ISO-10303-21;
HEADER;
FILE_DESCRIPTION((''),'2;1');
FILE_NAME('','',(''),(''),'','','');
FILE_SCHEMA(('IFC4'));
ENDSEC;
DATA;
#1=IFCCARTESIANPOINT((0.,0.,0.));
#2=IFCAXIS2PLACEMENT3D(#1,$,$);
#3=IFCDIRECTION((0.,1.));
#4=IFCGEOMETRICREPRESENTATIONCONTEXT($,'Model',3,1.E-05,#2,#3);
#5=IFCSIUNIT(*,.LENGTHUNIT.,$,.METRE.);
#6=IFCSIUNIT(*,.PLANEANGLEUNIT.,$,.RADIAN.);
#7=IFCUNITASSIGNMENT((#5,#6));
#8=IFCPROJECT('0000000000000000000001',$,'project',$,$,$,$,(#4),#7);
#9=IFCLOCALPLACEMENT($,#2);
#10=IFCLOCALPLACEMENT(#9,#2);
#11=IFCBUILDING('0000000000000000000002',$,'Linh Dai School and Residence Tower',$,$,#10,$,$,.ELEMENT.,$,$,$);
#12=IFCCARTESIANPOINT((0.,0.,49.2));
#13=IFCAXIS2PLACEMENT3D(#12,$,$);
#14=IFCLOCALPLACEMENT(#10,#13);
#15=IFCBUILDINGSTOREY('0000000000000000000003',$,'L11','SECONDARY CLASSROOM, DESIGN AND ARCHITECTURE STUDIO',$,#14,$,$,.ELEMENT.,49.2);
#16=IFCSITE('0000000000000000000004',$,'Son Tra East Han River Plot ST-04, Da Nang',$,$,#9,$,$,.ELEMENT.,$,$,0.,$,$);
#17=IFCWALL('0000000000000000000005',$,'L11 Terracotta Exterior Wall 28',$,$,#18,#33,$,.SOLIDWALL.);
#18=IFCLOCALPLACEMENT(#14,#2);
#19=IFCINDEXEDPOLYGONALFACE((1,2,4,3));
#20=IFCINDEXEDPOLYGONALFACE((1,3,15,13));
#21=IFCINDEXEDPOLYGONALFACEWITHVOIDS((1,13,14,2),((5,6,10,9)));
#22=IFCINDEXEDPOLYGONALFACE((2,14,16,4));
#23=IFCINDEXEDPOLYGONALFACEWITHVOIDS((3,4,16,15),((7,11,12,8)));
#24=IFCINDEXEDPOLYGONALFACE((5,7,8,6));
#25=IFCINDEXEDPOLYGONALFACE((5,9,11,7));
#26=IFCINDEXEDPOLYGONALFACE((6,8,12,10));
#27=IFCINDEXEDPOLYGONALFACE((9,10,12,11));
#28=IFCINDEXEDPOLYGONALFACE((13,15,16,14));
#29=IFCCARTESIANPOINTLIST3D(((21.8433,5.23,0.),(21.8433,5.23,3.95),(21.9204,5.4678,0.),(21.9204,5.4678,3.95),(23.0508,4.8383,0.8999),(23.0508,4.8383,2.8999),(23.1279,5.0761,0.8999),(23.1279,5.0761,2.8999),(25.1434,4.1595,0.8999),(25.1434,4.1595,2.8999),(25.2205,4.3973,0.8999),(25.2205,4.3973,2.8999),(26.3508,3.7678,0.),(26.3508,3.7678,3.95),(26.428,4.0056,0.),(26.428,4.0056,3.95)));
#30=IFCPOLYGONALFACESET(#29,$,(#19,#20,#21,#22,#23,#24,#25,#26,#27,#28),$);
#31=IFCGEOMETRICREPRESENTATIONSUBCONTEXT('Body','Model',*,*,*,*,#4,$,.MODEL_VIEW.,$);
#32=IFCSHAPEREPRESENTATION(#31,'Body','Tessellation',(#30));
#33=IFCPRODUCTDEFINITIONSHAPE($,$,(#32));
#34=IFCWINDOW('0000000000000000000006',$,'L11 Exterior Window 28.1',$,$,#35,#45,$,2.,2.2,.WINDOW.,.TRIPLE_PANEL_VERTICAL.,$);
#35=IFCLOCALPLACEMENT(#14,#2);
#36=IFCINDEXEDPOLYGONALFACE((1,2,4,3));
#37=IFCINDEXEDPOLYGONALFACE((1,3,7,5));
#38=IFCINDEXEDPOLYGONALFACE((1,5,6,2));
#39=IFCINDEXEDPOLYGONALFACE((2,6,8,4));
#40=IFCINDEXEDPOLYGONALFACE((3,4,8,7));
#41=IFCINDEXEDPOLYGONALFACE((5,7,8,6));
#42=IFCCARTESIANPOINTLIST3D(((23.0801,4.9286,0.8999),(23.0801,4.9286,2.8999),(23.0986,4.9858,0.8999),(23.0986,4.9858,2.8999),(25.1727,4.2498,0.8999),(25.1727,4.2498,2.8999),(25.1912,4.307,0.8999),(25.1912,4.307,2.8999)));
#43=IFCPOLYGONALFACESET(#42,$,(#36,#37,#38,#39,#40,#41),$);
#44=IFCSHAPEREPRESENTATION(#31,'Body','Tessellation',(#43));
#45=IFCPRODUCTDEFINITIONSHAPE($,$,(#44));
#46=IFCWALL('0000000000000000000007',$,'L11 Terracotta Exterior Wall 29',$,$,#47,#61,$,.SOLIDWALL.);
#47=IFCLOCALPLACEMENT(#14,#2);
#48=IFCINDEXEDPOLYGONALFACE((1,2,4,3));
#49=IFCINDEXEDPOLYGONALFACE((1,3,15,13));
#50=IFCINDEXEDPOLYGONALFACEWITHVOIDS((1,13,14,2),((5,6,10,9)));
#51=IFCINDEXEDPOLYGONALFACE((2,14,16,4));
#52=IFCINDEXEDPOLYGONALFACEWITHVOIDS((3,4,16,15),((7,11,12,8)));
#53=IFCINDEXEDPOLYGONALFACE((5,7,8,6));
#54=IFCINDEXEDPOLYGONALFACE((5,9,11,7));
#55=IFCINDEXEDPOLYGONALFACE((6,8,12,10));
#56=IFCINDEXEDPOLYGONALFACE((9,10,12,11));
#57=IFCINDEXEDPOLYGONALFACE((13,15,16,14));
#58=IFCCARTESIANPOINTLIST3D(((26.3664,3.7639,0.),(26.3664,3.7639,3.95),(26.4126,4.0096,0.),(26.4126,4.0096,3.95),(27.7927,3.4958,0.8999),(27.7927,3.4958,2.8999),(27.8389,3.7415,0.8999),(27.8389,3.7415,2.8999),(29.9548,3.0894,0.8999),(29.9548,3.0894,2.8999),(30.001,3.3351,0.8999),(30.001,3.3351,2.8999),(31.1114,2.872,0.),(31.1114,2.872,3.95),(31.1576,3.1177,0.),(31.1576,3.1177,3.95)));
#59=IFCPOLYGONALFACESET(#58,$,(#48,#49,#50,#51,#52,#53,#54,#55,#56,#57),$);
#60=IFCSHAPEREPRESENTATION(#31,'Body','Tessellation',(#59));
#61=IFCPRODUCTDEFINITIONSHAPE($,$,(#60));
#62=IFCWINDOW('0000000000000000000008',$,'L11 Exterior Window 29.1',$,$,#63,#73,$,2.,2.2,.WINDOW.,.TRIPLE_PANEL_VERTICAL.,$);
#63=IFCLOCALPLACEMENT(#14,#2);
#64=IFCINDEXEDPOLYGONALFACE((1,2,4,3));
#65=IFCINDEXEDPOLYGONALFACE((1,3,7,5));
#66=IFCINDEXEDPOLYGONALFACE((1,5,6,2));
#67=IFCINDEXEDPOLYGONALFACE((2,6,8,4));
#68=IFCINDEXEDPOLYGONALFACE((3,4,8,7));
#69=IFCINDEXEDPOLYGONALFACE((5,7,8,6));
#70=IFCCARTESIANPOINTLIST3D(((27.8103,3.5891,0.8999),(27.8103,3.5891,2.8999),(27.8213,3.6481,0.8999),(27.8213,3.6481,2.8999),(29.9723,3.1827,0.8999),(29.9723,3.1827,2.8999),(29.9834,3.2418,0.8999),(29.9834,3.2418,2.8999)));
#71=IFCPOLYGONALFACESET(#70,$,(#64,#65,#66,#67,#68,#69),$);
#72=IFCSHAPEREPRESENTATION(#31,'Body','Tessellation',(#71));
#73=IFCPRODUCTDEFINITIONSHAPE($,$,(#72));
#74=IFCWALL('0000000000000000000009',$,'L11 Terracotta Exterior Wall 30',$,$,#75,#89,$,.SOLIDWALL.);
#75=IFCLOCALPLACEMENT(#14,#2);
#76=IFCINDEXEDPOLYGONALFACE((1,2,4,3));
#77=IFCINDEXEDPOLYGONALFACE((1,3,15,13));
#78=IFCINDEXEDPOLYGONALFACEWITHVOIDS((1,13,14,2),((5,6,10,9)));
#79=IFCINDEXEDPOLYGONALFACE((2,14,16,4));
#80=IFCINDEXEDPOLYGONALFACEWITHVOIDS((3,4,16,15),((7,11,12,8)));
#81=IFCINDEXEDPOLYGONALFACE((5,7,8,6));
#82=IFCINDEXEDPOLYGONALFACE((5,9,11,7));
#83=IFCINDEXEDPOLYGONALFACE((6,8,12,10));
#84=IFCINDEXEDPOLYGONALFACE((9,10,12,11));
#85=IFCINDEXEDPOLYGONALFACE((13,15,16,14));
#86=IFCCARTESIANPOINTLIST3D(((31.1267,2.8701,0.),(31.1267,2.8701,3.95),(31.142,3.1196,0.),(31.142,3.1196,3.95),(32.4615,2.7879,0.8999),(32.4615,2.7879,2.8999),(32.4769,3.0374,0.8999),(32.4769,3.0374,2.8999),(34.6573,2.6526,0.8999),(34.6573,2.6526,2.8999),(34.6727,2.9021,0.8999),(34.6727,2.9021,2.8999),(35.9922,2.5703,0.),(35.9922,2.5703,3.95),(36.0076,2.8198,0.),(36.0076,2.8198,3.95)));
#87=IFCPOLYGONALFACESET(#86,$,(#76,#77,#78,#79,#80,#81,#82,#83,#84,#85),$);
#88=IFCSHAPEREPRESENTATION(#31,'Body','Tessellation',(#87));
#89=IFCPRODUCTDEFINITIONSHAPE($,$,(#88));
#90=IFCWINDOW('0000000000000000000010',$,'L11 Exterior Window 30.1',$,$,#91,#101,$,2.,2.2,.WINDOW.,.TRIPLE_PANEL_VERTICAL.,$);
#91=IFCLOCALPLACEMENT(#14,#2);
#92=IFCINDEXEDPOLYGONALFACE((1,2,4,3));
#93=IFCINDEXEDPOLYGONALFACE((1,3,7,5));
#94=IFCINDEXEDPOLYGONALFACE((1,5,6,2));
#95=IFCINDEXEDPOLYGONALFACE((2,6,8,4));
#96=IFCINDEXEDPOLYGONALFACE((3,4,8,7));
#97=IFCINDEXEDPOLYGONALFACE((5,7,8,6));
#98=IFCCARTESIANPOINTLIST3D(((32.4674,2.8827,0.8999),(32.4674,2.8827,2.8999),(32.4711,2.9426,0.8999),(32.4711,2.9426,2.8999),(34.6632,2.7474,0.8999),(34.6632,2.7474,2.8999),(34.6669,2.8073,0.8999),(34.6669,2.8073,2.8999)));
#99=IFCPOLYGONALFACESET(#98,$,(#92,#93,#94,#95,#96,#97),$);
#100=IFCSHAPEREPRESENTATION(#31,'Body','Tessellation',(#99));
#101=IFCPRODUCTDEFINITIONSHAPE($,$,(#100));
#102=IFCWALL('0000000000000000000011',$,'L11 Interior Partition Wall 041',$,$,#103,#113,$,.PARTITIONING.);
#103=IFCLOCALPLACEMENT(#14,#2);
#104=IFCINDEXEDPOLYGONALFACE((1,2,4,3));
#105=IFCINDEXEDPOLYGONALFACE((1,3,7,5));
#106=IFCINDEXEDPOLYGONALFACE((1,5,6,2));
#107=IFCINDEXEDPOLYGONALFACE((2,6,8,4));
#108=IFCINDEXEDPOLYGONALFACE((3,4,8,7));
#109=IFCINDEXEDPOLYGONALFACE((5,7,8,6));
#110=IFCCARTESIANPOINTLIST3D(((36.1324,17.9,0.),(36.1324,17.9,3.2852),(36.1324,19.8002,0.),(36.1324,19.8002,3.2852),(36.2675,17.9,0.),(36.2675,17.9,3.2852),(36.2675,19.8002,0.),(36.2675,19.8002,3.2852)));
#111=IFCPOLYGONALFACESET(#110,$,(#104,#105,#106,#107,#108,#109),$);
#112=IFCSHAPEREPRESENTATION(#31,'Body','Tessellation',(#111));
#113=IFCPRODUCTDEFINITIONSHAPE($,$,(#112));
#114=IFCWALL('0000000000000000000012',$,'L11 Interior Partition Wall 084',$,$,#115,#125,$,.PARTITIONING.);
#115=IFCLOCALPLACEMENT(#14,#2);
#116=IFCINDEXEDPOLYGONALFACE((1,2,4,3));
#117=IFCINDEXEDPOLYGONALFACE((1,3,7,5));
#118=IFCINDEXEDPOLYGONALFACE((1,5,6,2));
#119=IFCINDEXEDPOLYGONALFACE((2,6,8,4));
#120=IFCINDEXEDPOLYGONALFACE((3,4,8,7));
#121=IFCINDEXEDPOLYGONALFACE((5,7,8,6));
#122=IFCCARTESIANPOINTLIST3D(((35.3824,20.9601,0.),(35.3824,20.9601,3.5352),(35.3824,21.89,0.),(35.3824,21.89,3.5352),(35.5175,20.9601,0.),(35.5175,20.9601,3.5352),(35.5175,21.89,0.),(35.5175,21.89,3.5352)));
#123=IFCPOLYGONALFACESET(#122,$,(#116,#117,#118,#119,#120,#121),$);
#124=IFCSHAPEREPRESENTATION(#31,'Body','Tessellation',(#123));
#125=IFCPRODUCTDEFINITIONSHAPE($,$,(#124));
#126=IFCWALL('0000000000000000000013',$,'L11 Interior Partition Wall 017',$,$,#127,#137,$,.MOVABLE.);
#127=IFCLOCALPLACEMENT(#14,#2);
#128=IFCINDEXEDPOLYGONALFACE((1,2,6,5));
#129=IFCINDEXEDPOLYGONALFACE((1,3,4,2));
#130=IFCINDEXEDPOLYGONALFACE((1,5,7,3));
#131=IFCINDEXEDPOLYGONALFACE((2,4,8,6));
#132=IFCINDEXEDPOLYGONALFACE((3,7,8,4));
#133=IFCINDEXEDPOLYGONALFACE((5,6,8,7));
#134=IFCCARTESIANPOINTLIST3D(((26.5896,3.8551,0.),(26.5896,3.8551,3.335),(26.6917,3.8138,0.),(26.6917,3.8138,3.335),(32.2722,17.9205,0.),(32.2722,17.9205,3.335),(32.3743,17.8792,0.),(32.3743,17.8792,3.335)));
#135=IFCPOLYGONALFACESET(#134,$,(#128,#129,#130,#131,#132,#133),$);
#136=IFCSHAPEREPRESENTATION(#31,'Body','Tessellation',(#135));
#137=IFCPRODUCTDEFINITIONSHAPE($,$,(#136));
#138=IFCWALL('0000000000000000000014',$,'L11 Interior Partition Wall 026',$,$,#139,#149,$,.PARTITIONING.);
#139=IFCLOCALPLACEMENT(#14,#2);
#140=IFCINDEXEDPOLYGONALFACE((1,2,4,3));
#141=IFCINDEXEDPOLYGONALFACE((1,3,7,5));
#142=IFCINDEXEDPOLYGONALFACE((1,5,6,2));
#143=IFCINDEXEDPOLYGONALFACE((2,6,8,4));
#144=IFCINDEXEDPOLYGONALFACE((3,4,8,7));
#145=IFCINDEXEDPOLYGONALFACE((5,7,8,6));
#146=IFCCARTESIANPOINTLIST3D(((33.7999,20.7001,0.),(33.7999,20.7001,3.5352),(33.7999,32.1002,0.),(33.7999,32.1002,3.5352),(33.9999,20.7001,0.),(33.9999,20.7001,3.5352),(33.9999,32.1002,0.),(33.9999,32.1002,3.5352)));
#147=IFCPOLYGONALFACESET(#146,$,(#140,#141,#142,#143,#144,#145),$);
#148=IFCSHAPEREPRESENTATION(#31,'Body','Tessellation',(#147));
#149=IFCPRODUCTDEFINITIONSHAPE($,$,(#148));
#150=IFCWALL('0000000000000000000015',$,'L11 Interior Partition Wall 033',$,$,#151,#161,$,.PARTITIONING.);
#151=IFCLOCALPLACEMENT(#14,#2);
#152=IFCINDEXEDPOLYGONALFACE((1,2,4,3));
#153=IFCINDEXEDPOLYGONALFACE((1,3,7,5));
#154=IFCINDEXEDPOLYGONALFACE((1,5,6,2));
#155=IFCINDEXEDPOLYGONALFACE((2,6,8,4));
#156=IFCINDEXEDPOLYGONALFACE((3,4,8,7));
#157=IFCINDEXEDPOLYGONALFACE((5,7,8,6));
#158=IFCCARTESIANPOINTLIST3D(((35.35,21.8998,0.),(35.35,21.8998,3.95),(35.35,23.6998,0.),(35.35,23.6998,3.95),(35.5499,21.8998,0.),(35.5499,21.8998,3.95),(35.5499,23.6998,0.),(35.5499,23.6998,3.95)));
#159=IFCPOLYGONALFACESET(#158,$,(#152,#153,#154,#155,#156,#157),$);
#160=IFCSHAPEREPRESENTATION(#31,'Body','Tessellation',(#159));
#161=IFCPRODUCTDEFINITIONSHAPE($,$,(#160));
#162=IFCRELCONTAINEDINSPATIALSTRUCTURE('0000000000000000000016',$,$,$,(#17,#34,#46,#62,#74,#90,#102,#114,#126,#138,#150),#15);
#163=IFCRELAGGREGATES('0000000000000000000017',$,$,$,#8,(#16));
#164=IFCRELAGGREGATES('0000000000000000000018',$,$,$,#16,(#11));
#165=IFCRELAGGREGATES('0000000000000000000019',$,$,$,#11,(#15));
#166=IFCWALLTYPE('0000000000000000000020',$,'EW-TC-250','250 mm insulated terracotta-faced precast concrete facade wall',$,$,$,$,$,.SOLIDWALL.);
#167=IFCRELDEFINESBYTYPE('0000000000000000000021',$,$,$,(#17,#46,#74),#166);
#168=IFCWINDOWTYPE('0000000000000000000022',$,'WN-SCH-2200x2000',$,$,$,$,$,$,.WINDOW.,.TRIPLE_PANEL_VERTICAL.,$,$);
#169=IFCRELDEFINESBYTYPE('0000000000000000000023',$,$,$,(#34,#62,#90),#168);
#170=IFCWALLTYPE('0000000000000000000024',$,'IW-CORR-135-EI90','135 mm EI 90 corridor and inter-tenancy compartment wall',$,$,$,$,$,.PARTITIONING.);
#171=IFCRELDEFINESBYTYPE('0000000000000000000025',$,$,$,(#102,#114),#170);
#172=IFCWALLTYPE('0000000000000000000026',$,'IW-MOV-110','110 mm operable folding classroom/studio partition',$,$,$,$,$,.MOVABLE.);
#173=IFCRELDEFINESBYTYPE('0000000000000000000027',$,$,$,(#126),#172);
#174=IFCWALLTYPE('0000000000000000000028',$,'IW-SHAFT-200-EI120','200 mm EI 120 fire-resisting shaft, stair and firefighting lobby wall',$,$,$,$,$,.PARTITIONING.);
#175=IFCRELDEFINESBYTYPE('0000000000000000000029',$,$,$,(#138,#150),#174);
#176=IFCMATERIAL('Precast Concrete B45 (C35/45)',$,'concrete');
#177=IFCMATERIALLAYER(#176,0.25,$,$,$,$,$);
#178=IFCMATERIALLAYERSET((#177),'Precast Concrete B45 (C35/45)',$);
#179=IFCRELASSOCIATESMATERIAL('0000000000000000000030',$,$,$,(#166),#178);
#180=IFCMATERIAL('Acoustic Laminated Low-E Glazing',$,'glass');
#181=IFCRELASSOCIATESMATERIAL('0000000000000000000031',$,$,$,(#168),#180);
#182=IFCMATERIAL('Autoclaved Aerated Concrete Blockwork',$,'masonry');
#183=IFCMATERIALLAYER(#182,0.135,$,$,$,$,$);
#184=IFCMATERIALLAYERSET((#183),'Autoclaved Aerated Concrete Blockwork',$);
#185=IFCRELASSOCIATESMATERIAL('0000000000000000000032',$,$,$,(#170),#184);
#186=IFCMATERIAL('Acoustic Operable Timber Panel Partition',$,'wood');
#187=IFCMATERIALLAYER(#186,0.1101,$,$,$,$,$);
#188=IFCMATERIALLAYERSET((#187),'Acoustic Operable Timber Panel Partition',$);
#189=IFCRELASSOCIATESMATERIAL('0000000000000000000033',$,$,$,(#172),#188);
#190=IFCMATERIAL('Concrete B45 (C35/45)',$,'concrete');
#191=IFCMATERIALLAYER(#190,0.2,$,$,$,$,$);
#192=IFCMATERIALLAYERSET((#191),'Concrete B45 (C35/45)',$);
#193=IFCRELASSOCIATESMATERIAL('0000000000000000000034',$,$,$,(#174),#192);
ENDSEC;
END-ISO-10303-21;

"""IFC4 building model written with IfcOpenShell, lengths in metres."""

from ifc_helpers import new_model, si_unit, direction, frame, frame_2d, origin, origin_2d, place, context, subcontext, project, spatial, rectangle, extrude, source, transform, mapped, material, layer, layer_set, type_object, element, fill, save


model = new_model("IFC4")

# Units and contexts
model_context = context("Model", 3, precision=1e-05, world=origin(), true_north=direction((0.0, 1.0)))
body_context = subcontext(model_context, "Body", "Model", "MODEL_VIEW")
ifc_project = project(units=[si_unit("LENGTHUNIT", "METRE"), si_unit("PLANEANGLEUNIT", "RADIAN")], contexts=[model_context])

# Site, building, storey
site_placement = place(None, origin())
site = spatial("IfcSite", under=ifc_project, at=site_placement, Name="Son Tra East Han River Plot ST-04, Da Nang", CompositionType="ELEMENT", RefElevation=0.0)
building_placement = place(site_placement, origin())
building = spatial("IfcBuilding", under=site, at=building_placement, Name="Linh Dai School and Residence Tower", CompositionType="ELEMENT")
storey_placement = place(building_placement, frame((0.0, 0.0, 49.2)))
storey = spatial("IfcBuildingStorey", under=building, at=storey_placement, Name="L11", Description="SECONDARY CLASSROOM, DESIGN AND ARCHITECTURE STUDIO", CompositionType="ELEMENT", Elevation=49.2)

# Shared definitions
ifc_material_1 = material(Name="Precast Concrete B45 (C35/45)", Category="concrete")

# Walls, openings, windows
ifc_layer_1 = layer(ifc_material_1, 0.25)
ifc_layer_set_1 = layer_set([ifc_layer_1], Name="Precast Concrete B45 (C35/45)")
wall_type_1 = type_object("IfcWallType", Name="EW-TC-250", Description="250 mm insulated terracotta-faced precast concrete facade wall", PredefinedType="SOLIDWALL", material=ifc_layer_set_1)
wall_1_placement = place(storey_placement, frame((26.3894, 3.8867, 0.0), z_axis=(0.0, 0.0, 1.0), x_axis=(-0.951208, 0.308551, 0.0)))
wall_1 = element("IfcWall", 1, at=wall_1_placement, inside=storey, type_object=wall_type_1, Name="L11 Terracotta Exterior Wall 28", PredefinedType="SOLIDWALL", context=body_context, shape_type="SweptSolid", body=[
    extrude(rectangle(XDim=4.7388, YDim=0.25, at=frame_2d((2.3694, 0.0))), origin(), (0.0, 0.0, 1.0), 3.95),
])
opening_1_placement = place(wall_1_placement, frame((1.2693, 0.0, 0.8999)))
opening_1 = element("IfcOpeningElement", 2, at=opening_1_placement, cuts=wall_1, PredefinedType="OPENING", context=body_context, shape_type="SweptSolid", body=[
    extrude(rectangle(XDim=2.2, YDim=2.0, at=origin_2d()), frame((1.1001, 0.135, 1.0), z_axis=(0.0, -1.0, 0.0), x_axis=(1.0, 0.0, 0.0)), (0.0, 0.0, 1.0), 0.27),
])
ifc_material_2 = material(Name="Acoustic Laminated Low-E Glazing", Category="glass")
window_type = type_object("IfcWindowType", Name="WN-SCH-2200x2000", PartitioningType="TRIPLE_PANEL_VERTICAL", PredefinedType="WINDOW", material=ifc_material_2)
shared_shape_1 = source(origin(), body_context, "Body", "SweptSolid", [
    extrude(rectangle(XDim=2.2, YDim=2.0, at=origin_2d()), frame((1.1001, 0.03, 1.0), z_axis=(0.0, -1.0, 0.0), x_axis=(1.0, 0.0, 0.0)), (0.0, 0.0, 1.0), 0.0601),
])
window_1_placement = place(opening_1_placement, origin())
window_1 = element("IfcWindow", 3, at=window_1_placement, inside=storey, type_object=window_type, Name="L11 Exterior Window 28.1", OverallHeight=2.0, OverallWidth=2.2, PartitioningType="TRIPLE_PANEL_VERTICAL", PredefinedType="WINDOW", context=body_context, shape_type="MappedRepresentation", body=[
    mapped(shared_shape_1, transform((0.0, 0.0, 0.0), x_axis=(1.0, 0.0, 0.0), y_axis=(0.0, 1.0, 0.0), z_axis=(0.0, 0.0, 1.0), scale=1.0)),
])
fill(opening_1, window_1)
wall_2_placement = place(storey_placement, frame((31.1345, 2.9949, 0.0), z_axis=(0.0, 0.0, 1.0), x_axis=(-0.982792, 0.184716, 0.0)))
wall_2 = element("IfcWall", 4, at=wall_2_placement, inside=storey, type_object=wall_type_1, Name="L11 Terracotta Exterior Wall 29", PredefinedType="SOLIDWALL", context=body_context, shape_type="SweptSolid", body=[
    extrude(rectangle(XDim=4.8281, YDim=0.25, at=frame_2d((2.4141, 0.0))), origin(), (0.0, 0.0, 1.0), 3.95),
])
opening_2_placement = place(wall_2_placement, frame((1.1768, 0.0, 0.8999)))
opening_2 = element("IfcOpeningElement", 5, at=opening_2_placement, cuts=wall_2, PredefinedType="OPENING", context=body_context, shape_type="SweptSolid", body=[
    extrude(rectangle(XDim=2.2, YDim=2.0, at=origin_2d()), frame((1.1001, 0.135, 1.0), z_axis=(0.0, -1.0, 0.0), x_axis=(1.0, 0.0, 0.0)), (0.0, 0.0, 1.0), 0.27),
])
window_2_placement = place(opening_2_placement, origin())
window_2 = element("IfcWindow", 6, at=window_2_placement, inside=storey, type_object=window_type, Name="L11 Exterior Window 29.1", OverallHeight=2.0, OverallWidth=2.2, PartitioningType="TRIPLE_PANEL_VERTICAL", PredefinedType="WINDOW", context=body_context, shape_type="MappedRepresentation", body=[
    mapped(shared_shape_1, transform((0.0, 0.0, 0.0), x_axis=(1.0, 0.0, 0.0), y_axis=(0.0, 1.0, 0.0), z_axis=(0.0, 0.0, 1.0), scale=1.0)),
])
fill(opening_2, window_2)
wall_3_placement = place(storey_placement, frame((36.0, 2.6951, 0.0), z_axis=(0.0, 0.0, 1.0), x_axis=(-0.998107, 0.061502, 0.0)))
wall_3 = element("IfcWall", 7, at=wall_3_placement, inside=storey, type_object=wall_type_1, Name="L11 Terracotta Exterior Wall 30", PredefinedType="SOLIDWALL", context=body_context, shape_type="SweptSolid", body=[
    extrude(rectangle(XDim=4.8748, YDim=0.25, at=frame_2d((2.4375, 0.0))), origin(), (0.0, 0.0, 1.0), 3.95),
])
opening_3_placement = place(wall_3_placement, frame((1.3374, 0.0, 0.8999)))
opening_3 = element("IfcOpeningElement", 8, at=opening_3_placement, cuts=wall_3, PredefinedType="OPENING", context=body_context, shape_type="SweptSolid", body=[
    extrude(rectangle(XDim=2.2, YDim=2.0, at=origin_2d()), frame((1.1001, 0.135, 1.0), z_axis=(0.0, -1.0, 0.0), x_axis=(1.0, 0.0, 0.0)), (0.0, 0.0, 1.0), 0.27),
])
window_3_placement = place(opening_3_placement, origin())
window_3 = element("IfcWindow", 9, at=window_3_placement, inside=storey, type_object=window_type, Name="L11 Exterior Window 30.1", OverallHeight=2.0, OverallWidth=2.2, PartitioningType="TRIPLE_PANEL_VERTICAL", PredefinedType="WINDOW", context=body_context, shape_type="MappedRepresentation", body=[
    mapped(shared_shape_1, transform((0.0, 0.0, 0.0), x_axis=(1.0, 0.0, 0.0), y_axis=(0.0, 1.0, 0.0), z_axis=(0.0, 0.0, 1.0), scale=1.0)),
])
fill(opening_3, window_3)

# Walls
ifc_material_3 = material(Name="Autoclaved Aerated Concrete Blockwork", Category="masonry")
ifc_layer_2 = layer(ifc_material_3, 0.135)
ifc_layer_set_2 = layer_set([ifc_layer_2], Name="Autoclaved Aerated Concrete Blockwork")
wall_type_2 = type_object("IfcWallType", Name="IW-CORR-135-EI90", Description="135 mm EI 90 corridor and inter-tenancy compartment wall", PredefinedType="PARTITIONING", material=ifc_layer_set_2)
wall_4_placement = place(storey_placement, frame((36.2, 17.8999, 0.0), z_axis=(0.0, 0.0, 1.0), x_axis=(0.0, 1.0, 0.0)))
element("IfcWall", 10, at=wall_4_placement, inside=storey, type_object=wall_type_2, Name="L11 Interior Partition Wall 041", PredefinedType="PARTITIONING", context=body_context, shape_type="SweptSolid", body=[
    extrude(rectangle(XDim=1.9001, YDim=0.135, at=frame_2d((0.9502, 0.0))), origin(), (0.0, 0.0, 1.0), 3.2852),
])
wall_5_placement = place(storey_placement, frame((35.45, 21.8899, 0.0), z_axis=(0.0, 0.0, 1.0), x_axis=(0.0, -1.0, 0.0)))
element("IfcWall", 11, at=wall_5_placement, inside=storey, type_object=wall_type_2, Name="L11 Interior Partition Wall 084", PredefinedType="PARTITIONING", context=body_context, shape_type="SweptSolid", body=[
    extrude(rectangle(XDim=0.9299, YDim=0.135, at=frame_2d((0.4648, 0.0))), origin(), (0.0, 0.0, 1.0), 3.5352),
])
ifc_material_4 = material(Name="Acoustic Operable Timber Panel Partition", Category="wood")
ifc_layer_3 = layer(ifc_material_4, 0.1101)
ifc_layer_set_3 = layer_set([ifc_layer_3], Name="Acoustic Operable Timber Panel Partition")
wall_type_3 = type_object("IfcWallType", Name="IW-MOV-110", Description="110 mm operable folding classroom/studio partition", PredefinedType="MOVABLE", material=ifc_layer_set_3)
wall_6_placement = place(storey_placement, frame((26.6406, 3.8345, 0.0), z_axis=(0.0, 0.0, 1.0), x_axis=(0.374596, 0.927188, 0.0)))
element("IfcWall", 12, at=wall_6_placement, inside=storey, type_object=wall_type_3, Name="L11 Interior Partition Wall 017", PredefinedType="MOVABLE", context=body_context, shape_type="SweptSolid", body=[
    extrude(rectangle(XDim=15.1699, YDim=0.1101, at=frame_2d((7.585, 0.0))), origin(), (0.0, 0.0, 1.0), 3.335),
])
ifc_material_5 = material(Name="Concrete B45 (C35/45)", Category="concrete")
ifc_layer_4 = layer(ifc_material_5, 0.2)
ifc_layer_set_4 = layer_set([ifc_layer_4], Name="Concrete B45 (C35/45)")
wall_type_4 = type_object("IfcWallType", Name="IW-SHAFT-200-EI120", Description="200 mm EI 120 fire-resisting shaft, stair and firefighting lobby wall", PredefinedType="PARTITIONING", material=ifc_layer_set_4)
wall_7_placement = place(storey_placement, frame((33.8999, 20.7, 0.0), z_axis=(0.0, 0.0, 1.0), x_axis=(0.0, 1.0, 0.0)))
element("IfcWall", 13, at=wall_7_placement, inside=storey, type_object=wall_type_4, Name="L11 Interior Partition Wall 026", PredefinedType="PARTITIONING", context=body_context, shape_type="SweptSolid", body=[
    extrude(rectangle(XDim=11.4001, YDim=0.2, at=frame_2d((5.7002, 0.0))), origin(), (0.0, 0.0, 1.0), 3.5352),
])
wall_8_placement = place(storey_placement, frame((35.45, 21.8999, 0.0), z_axis=(0.0, 0.0, 1.0), x_axis=(0.0, 1.0, 0.0)))
element("IfcWall", 14, at=wall_8_placement, inside=storey, type_object=wall_type_4, Name="L11 Interior Partition Wall 033", PredefinedType="PARTITIONING", context=body_context, shape_type="SweptSolid", body=[
    extrude(rectangle(XDim=1.8, YDim=0.2, at=frame_2d((0.8999, 0.0))), origin(), (0.0, 0.0, 1.0), 3.95),
])

save(model, "model.ifc")
